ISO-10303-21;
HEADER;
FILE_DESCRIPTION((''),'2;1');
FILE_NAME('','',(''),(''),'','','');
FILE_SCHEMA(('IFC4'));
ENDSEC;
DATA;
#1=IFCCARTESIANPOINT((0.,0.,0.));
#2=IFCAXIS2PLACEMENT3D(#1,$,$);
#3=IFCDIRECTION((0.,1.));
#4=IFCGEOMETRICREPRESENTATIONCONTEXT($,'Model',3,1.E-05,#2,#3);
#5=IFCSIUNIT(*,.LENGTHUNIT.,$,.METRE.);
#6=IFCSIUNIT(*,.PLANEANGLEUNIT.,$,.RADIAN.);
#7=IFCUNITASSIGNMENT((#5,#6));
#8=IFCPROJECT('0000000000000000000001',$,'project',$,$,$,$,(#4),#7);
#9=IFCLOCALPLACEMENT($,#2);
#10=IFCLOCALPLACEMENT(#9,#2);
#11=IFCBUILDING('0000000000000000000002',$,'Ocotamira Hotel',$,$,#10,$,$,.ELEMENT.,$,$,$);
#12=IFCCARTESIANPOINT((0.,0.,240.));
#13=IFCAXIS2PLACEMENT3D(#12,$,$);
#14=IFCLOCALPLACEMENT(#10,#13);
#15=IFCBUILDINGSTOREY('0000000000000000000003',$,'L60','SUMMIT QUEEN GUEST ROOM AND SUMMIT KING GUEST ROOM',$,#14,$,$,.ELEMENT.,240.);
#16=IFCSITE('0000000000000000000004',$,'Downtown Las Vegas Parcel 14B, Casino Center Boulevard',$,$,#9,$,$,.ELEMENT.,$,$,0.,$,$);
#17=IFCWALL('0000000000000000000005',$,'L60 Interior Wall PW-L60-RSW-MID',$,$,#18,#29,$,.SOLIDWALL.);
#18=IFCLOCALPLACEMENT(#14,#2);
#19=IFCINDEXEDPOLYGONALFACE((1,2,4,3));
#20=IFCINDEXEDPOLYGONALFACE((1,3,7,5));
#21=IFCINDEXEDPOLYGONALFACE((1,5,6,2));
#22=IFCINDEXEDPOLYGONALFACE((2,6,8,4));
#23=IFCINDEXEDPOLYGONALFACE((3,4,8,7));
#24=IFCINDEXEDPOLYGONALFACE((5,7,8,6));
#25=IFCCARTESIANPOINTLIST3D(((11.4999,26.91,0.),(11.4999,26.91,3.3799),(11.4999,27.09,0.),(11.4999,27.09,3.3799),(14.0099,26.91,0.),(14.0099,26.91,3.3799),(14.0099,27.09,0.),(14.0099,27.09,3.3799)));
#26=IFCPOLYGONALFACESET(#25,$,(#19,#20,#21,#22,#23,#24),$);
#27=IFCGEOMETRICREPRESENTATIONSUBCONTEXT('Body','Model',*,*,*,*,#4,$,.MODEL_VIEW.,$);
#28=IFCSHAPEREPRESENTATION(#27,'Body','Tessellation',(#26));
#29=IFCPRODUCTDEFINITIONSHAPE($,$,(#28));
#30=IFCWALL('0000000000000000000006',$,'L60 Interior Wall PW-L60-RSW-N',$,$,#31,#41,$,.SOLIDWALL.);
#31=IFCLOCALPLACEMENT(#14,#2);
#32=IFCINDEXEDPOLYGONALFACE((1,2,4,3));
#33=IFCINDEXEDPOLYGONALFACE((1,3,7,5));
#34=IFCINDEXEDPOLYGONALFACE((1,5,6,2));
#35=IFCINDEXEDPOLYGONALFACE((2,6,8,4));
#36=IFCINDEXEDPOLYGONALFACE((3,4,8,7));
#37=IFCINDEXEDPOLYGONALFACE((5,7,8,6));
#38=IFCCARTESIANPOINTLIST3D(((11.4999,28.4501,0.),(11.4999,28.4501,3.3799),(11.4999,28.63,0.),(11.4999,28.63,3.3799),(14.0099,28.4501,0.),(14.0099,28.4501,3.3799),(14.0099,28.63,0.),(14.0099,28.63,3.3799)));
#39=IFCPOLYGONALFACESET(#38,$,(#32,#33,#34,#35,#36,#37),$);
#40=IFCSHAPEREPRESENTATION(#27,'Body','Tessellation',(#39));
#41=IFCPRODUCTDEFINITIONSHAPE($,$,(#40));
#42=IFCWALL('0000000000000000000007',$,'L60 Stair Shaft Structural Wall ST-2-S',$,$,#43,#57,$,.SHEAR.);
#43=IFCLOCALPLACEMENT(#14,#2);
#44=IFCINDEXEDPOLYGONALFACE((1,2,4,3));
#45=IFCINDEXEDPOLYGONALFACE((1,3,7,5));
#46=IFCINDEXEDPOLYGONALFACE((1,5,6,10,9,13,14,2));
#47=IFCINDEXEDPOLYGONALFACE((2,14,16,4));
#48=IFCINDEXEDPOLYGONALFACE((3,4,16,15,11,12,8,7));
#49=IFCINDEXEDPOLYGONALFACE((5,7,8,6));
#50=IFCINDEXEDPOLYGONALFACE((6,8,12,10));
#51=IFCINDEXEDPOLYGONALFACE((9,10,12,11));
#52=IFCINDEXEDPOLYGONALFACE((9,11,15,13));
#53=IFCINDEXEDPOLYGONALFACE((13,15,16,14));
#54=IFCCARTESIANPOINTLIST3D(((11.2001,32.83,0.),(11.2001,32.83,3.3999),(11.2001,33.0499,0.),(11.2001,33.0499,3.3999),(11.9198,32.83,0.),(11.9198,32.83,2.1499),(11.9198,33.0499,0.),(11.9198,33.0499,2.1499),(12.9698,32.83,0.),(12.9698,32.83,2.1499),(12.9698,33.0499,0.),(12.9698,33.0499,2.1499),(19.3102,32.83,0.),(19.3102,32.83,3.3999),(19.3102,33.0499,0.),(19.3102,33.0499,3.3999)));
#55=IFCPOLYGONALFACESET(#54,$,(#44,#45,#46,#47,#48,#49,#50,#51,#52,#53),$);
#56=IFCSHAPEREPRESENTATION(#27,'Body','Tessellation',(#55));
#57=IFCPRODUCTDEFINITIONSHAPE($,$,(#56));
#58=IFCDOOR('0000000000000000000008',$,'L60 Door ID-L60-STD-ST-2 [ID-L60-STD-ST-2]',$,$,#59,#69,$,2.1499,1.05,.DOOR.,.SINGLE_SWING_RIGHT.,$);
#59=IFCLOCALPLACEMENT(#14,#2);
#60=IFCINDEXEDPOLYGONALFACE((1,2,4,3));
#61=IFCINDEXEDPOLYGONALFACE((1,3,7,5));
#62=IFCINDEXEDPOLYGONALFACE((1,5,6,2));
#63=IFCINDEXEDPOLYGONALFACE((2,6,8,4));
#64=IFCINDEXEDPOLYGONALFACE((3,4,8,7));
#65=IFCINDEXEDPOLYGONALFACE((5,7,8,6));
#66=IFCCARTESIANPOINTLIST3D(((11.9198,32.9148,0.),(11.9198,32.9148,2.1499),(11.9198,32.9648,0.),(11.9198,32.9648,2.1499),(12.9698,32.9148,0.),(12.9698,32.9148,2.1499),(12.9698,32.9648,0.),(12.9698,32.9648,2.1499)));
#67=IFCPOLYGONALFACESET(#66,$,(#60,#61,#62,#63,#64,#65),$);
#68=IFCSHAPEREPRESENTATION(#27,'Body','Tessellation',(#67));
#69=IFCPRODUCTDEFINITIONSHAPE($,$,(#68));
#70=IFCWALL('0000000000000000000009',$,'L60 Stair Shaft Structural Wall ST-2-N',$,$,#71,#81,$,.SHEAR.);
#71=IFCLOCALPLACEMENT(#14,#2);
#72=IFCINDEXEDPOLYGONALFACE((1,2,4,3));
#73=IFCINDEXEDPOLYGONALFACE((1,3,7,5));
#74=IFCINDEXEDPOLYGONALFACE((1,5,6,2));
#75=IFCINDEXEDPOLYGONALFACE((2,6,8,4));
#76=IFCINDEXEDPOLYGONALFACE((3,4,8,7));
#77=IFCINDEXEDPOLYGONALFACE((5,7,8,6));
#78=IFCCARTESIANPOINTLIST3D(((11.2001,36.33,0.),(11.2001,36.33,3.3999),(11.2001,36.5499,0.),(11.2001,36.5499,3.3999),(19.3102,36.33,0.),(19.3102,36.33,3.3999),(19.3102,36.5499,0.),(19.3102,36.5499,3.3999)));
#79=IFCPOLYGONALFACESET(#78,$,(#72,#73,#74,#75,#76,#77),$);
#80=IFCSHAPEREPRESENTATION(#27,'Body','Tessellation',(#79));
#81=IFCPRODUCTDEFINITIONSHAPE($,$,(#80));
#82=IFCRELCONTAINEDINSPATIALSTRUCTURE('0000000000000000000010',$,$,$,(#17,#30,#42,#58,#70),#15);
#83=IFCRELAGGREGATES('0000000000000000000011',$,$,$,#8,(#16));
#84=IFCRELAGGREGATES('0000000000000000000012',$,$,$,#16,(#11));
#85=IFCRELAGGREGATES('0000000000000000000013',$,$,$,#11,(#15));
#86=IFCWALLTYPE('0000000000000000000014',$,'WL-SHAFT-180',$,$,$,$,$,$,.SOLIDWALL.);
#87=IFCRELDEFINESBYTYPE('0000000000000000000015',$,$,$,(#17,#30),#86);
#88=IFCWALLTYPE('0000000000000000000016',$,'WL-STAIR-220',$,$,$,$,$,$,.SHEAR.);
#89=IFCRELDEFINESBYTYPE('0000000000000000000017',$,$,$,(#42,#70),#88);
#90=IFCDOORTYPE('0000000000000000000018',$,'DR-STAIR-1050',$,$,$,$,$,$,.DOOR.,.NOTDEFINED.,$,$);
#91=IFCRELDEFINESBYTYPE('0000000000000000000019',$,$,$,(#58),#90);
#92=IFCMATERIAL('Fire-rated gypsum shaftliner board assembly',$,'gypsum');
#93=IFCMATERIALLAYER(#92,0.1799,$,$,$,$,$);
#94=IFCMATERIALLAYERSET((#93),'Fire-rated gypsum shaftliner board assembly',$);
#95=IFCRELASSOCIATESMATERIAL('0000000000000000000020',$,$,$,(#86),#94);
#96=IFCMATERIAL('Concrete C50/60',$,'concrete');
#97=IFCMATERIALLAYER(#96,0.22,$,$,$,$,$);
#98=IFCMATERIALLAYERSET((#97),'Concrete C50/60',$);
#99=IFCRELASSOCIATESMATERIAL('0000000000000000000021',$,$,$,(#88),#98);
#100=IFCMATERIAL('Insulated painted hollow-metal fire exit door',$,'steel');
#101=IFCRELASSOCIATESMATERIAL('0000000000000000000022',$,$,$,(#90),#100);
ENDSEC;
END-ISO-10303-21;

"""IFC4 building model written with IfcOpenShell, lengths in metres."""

from ifc_helpers import new_model, si_unit, direction, frame, frame_2d, origin, place, context, subcontext, project, spatial, rectangle, extrude, source, transform, mapped, material, layer, layer_set, type_object, element, fill, save


model = new_model("IFC4")

# Units and contexts
model_context = context("Model", 3, precision=1e-05, world=origin(), true_north=direction((0.0, 1.0)))
body_context = subcontext(model_context, "Body", "Model", "MODEL_VIEW")
ifc_project = project(units=[si_unit("LENGTHUNIT", "METRE"), si_unit("PLANEANGLEUNIT", "RADIAN")], contexts=[model_context])

# Site, building, storey
site_placement = place(None, origin())
site = spatial("IfcSite", under=ifc_project, at=site_placement, Name="Downtown Las Vegas Parcel 14B, Casino Center Boulevard", CompositionType="ELEMENT", RefElevation=0.0)
building_placement = place(site_placement, origin())
building = spatial("IfcBuilding", under=site, at=building_placement, Name="Ocotamira Hotel", CompositionType="ELEMENT")
storey_placement = place(building_placement, frame((0.0, 0.0, 240.0)))
storey = spatial("IfcBuildingStorey", under=building, at=storey_placement, Name="L60", Description="SUMMIT QUEEN GUEST ROOM AND SUMMIT KING GUEST ROOM", CompositionType="ELEMENT", Elevation=240.0)

# Walls
ifc_material_1 = material(Name="Fire-rated gypsum shaftliner board assembly", Category="gypsum")
ifc_layer_1 = layer(ifc_material_1, 0.1799)
ifc_layer_set_1 = layer_set([ifc_layer_1], Name="Fire-rated gypsum shaftliner board assembly")
wall_type_1 = type_object("IfcWallType", Name="WL-SHAFT-180", PredefinedType="SOLIDWALL", material=ifc_layer_set_1)
for number, where, z_axis, x_axis, name in (
    (1, (11.5, 27.0, 0.0), (0.0, 0.0, 1.0), (1.0, 0.0, 0.0), "L60 Interior Wall PW-L60-RSW-MID"),
    (2, (11.5, 28.54, 0.0), (0.0, 0.0, 1.0), (1.0, 0.0, 0.0), "L60 Interior Wall PW-L60-RSW-N"),
):
    element("IfcWall", number, at=place(storey_placement, frame(where, z_axis=z_axis, x_axis=x_axis)), inside=storey, type_object=wall_type_1, Name=name, PredefinedType="SOLIDWALL", context=body_context, shape_type="SweptSolid", body=[
        extrude(rectangle(XDim=2.51, YDim=0.1799, at=frame_2d((1.2549, 0.0))), origin(), (0.0, 0.0, 1.0), 3.3799),
    ])

# Wall, opening, door
ifc_material_2 = material(Name="Concrete C50/60", Category="concrete")
ifc_layer_2 = layer(ifc_material_2, 0.22)
ifc_layer_set_2 = layer_set([ifc_layer_2], Name="Concrete C50/60")
wall_type_2 = type_object("IfcWallType", Name="WL-STAIR-220", PredefinedType="SHEAR", material=ifc_layer_set_2)
wall_1_placement = place(storey_placement, frame((11.2, 32.9399, 0.0), z_axis=(0.0, 0.0, 1.0), x_axis=(1.0, 0.0, 0.0)))
wall_1 = element("IfcWall", 3, at=wall_1_placement, inside=storey, type_object=wall_type_2, Name="L60 Stair Shaft Structural Wall ST-2-S", PredefinedType="SHEAR", context=body_context, shape_type="SweptSolid", body=[
    extrude(rectangle(XDim=8.1101, YDim=0.22, at=frame_2d((4.0552, 0.0))), origin(), (0.0, 0.0, 1.0), 3.3999),
])
opening_placement = place(wall_1_placement, frame((0.72, 0.0, 0.0)))
opening = element("IfcOpeningElement", 4, at=opening_placement, cuts=wall_1, PredefinedType="OPENING", context=body_context, shape_type="SweptSolid", body=[
    extrude(rectangle(XDim=1.05, YDim=2.1499, at=frame_2d((0.5249, 1.075))), frame((0.0, 0.1201, 0.0), z_axis=(0.0, -1.0, 0.0), x_axis=(1.0, 0.0, 0.0)), (0.0, 0.0, 1.0), 0.24),
])
ifc_material_3 = material(Name="Insulated painted hollow-metal fire exit door", Category="steel")
door_type = type_object("IfcDoorType", Name="DR-STAIR-1050", OperationType="NOTDEFINED", PredefinedType="DOOR", material=ifc_material_3)
shared_shape_1 = source(origin(), body_context, "Body", "SweptSolid", [
    extrude(rectangle(XDim=1.05, YDim=2.1499, at=frame_2d((0.5249, 1.075))), frame((0.0, 0.0249, 0.0), z_axis=(0.0, -1.0, 0.0), x_axis=(1.0, 0.0, 0.0)), (0.0, 0.0, 1.0), 0.05),
])
door_placement = place(opening_placement, origin())
door = element("IfcDoor", 5, at=door_placement, inside=storey, type_object=door_type, Name="L60 Door ID-L60-STD-ST-2 [ID-L60-STD-ST-2]", OperationType="SINGLE_SWING_RIGHT", OverallHeight=2.1499, OverallWidth=1.05, PredefinedType="DOOR", context=body_context, shape_type="MappedRepresentation", body=[
    mapped(shared_shape_1, transform((0.0, 0.0, 0.0), scale=1.0)),
])
fill(opening, door)

# Wall
wall_2_placement = place(storey_placement, frame((11.2, 36.4399, 0.0), z_axis=(0.0, 0.0, 1.0), x_axis=(1.0, 0.0, 0.0)))
element("IfcWall", 6, at=wall_2_placement, inside=storey, type_object=wall_type_2, Name="L60 Stair Shaft Structural Wall ST-2-N", PredefinedType="SHEAR", context=body_context, shape_type="SweptSolid", body=[
    extrude(rectangle(XDim=8.1101, YDim=0.22, at=frame_2d((4.0552, 0.0))), origin(), (0.0, 0.0, 1.0), 3.3999),
])

save(model, "model.ifc")
